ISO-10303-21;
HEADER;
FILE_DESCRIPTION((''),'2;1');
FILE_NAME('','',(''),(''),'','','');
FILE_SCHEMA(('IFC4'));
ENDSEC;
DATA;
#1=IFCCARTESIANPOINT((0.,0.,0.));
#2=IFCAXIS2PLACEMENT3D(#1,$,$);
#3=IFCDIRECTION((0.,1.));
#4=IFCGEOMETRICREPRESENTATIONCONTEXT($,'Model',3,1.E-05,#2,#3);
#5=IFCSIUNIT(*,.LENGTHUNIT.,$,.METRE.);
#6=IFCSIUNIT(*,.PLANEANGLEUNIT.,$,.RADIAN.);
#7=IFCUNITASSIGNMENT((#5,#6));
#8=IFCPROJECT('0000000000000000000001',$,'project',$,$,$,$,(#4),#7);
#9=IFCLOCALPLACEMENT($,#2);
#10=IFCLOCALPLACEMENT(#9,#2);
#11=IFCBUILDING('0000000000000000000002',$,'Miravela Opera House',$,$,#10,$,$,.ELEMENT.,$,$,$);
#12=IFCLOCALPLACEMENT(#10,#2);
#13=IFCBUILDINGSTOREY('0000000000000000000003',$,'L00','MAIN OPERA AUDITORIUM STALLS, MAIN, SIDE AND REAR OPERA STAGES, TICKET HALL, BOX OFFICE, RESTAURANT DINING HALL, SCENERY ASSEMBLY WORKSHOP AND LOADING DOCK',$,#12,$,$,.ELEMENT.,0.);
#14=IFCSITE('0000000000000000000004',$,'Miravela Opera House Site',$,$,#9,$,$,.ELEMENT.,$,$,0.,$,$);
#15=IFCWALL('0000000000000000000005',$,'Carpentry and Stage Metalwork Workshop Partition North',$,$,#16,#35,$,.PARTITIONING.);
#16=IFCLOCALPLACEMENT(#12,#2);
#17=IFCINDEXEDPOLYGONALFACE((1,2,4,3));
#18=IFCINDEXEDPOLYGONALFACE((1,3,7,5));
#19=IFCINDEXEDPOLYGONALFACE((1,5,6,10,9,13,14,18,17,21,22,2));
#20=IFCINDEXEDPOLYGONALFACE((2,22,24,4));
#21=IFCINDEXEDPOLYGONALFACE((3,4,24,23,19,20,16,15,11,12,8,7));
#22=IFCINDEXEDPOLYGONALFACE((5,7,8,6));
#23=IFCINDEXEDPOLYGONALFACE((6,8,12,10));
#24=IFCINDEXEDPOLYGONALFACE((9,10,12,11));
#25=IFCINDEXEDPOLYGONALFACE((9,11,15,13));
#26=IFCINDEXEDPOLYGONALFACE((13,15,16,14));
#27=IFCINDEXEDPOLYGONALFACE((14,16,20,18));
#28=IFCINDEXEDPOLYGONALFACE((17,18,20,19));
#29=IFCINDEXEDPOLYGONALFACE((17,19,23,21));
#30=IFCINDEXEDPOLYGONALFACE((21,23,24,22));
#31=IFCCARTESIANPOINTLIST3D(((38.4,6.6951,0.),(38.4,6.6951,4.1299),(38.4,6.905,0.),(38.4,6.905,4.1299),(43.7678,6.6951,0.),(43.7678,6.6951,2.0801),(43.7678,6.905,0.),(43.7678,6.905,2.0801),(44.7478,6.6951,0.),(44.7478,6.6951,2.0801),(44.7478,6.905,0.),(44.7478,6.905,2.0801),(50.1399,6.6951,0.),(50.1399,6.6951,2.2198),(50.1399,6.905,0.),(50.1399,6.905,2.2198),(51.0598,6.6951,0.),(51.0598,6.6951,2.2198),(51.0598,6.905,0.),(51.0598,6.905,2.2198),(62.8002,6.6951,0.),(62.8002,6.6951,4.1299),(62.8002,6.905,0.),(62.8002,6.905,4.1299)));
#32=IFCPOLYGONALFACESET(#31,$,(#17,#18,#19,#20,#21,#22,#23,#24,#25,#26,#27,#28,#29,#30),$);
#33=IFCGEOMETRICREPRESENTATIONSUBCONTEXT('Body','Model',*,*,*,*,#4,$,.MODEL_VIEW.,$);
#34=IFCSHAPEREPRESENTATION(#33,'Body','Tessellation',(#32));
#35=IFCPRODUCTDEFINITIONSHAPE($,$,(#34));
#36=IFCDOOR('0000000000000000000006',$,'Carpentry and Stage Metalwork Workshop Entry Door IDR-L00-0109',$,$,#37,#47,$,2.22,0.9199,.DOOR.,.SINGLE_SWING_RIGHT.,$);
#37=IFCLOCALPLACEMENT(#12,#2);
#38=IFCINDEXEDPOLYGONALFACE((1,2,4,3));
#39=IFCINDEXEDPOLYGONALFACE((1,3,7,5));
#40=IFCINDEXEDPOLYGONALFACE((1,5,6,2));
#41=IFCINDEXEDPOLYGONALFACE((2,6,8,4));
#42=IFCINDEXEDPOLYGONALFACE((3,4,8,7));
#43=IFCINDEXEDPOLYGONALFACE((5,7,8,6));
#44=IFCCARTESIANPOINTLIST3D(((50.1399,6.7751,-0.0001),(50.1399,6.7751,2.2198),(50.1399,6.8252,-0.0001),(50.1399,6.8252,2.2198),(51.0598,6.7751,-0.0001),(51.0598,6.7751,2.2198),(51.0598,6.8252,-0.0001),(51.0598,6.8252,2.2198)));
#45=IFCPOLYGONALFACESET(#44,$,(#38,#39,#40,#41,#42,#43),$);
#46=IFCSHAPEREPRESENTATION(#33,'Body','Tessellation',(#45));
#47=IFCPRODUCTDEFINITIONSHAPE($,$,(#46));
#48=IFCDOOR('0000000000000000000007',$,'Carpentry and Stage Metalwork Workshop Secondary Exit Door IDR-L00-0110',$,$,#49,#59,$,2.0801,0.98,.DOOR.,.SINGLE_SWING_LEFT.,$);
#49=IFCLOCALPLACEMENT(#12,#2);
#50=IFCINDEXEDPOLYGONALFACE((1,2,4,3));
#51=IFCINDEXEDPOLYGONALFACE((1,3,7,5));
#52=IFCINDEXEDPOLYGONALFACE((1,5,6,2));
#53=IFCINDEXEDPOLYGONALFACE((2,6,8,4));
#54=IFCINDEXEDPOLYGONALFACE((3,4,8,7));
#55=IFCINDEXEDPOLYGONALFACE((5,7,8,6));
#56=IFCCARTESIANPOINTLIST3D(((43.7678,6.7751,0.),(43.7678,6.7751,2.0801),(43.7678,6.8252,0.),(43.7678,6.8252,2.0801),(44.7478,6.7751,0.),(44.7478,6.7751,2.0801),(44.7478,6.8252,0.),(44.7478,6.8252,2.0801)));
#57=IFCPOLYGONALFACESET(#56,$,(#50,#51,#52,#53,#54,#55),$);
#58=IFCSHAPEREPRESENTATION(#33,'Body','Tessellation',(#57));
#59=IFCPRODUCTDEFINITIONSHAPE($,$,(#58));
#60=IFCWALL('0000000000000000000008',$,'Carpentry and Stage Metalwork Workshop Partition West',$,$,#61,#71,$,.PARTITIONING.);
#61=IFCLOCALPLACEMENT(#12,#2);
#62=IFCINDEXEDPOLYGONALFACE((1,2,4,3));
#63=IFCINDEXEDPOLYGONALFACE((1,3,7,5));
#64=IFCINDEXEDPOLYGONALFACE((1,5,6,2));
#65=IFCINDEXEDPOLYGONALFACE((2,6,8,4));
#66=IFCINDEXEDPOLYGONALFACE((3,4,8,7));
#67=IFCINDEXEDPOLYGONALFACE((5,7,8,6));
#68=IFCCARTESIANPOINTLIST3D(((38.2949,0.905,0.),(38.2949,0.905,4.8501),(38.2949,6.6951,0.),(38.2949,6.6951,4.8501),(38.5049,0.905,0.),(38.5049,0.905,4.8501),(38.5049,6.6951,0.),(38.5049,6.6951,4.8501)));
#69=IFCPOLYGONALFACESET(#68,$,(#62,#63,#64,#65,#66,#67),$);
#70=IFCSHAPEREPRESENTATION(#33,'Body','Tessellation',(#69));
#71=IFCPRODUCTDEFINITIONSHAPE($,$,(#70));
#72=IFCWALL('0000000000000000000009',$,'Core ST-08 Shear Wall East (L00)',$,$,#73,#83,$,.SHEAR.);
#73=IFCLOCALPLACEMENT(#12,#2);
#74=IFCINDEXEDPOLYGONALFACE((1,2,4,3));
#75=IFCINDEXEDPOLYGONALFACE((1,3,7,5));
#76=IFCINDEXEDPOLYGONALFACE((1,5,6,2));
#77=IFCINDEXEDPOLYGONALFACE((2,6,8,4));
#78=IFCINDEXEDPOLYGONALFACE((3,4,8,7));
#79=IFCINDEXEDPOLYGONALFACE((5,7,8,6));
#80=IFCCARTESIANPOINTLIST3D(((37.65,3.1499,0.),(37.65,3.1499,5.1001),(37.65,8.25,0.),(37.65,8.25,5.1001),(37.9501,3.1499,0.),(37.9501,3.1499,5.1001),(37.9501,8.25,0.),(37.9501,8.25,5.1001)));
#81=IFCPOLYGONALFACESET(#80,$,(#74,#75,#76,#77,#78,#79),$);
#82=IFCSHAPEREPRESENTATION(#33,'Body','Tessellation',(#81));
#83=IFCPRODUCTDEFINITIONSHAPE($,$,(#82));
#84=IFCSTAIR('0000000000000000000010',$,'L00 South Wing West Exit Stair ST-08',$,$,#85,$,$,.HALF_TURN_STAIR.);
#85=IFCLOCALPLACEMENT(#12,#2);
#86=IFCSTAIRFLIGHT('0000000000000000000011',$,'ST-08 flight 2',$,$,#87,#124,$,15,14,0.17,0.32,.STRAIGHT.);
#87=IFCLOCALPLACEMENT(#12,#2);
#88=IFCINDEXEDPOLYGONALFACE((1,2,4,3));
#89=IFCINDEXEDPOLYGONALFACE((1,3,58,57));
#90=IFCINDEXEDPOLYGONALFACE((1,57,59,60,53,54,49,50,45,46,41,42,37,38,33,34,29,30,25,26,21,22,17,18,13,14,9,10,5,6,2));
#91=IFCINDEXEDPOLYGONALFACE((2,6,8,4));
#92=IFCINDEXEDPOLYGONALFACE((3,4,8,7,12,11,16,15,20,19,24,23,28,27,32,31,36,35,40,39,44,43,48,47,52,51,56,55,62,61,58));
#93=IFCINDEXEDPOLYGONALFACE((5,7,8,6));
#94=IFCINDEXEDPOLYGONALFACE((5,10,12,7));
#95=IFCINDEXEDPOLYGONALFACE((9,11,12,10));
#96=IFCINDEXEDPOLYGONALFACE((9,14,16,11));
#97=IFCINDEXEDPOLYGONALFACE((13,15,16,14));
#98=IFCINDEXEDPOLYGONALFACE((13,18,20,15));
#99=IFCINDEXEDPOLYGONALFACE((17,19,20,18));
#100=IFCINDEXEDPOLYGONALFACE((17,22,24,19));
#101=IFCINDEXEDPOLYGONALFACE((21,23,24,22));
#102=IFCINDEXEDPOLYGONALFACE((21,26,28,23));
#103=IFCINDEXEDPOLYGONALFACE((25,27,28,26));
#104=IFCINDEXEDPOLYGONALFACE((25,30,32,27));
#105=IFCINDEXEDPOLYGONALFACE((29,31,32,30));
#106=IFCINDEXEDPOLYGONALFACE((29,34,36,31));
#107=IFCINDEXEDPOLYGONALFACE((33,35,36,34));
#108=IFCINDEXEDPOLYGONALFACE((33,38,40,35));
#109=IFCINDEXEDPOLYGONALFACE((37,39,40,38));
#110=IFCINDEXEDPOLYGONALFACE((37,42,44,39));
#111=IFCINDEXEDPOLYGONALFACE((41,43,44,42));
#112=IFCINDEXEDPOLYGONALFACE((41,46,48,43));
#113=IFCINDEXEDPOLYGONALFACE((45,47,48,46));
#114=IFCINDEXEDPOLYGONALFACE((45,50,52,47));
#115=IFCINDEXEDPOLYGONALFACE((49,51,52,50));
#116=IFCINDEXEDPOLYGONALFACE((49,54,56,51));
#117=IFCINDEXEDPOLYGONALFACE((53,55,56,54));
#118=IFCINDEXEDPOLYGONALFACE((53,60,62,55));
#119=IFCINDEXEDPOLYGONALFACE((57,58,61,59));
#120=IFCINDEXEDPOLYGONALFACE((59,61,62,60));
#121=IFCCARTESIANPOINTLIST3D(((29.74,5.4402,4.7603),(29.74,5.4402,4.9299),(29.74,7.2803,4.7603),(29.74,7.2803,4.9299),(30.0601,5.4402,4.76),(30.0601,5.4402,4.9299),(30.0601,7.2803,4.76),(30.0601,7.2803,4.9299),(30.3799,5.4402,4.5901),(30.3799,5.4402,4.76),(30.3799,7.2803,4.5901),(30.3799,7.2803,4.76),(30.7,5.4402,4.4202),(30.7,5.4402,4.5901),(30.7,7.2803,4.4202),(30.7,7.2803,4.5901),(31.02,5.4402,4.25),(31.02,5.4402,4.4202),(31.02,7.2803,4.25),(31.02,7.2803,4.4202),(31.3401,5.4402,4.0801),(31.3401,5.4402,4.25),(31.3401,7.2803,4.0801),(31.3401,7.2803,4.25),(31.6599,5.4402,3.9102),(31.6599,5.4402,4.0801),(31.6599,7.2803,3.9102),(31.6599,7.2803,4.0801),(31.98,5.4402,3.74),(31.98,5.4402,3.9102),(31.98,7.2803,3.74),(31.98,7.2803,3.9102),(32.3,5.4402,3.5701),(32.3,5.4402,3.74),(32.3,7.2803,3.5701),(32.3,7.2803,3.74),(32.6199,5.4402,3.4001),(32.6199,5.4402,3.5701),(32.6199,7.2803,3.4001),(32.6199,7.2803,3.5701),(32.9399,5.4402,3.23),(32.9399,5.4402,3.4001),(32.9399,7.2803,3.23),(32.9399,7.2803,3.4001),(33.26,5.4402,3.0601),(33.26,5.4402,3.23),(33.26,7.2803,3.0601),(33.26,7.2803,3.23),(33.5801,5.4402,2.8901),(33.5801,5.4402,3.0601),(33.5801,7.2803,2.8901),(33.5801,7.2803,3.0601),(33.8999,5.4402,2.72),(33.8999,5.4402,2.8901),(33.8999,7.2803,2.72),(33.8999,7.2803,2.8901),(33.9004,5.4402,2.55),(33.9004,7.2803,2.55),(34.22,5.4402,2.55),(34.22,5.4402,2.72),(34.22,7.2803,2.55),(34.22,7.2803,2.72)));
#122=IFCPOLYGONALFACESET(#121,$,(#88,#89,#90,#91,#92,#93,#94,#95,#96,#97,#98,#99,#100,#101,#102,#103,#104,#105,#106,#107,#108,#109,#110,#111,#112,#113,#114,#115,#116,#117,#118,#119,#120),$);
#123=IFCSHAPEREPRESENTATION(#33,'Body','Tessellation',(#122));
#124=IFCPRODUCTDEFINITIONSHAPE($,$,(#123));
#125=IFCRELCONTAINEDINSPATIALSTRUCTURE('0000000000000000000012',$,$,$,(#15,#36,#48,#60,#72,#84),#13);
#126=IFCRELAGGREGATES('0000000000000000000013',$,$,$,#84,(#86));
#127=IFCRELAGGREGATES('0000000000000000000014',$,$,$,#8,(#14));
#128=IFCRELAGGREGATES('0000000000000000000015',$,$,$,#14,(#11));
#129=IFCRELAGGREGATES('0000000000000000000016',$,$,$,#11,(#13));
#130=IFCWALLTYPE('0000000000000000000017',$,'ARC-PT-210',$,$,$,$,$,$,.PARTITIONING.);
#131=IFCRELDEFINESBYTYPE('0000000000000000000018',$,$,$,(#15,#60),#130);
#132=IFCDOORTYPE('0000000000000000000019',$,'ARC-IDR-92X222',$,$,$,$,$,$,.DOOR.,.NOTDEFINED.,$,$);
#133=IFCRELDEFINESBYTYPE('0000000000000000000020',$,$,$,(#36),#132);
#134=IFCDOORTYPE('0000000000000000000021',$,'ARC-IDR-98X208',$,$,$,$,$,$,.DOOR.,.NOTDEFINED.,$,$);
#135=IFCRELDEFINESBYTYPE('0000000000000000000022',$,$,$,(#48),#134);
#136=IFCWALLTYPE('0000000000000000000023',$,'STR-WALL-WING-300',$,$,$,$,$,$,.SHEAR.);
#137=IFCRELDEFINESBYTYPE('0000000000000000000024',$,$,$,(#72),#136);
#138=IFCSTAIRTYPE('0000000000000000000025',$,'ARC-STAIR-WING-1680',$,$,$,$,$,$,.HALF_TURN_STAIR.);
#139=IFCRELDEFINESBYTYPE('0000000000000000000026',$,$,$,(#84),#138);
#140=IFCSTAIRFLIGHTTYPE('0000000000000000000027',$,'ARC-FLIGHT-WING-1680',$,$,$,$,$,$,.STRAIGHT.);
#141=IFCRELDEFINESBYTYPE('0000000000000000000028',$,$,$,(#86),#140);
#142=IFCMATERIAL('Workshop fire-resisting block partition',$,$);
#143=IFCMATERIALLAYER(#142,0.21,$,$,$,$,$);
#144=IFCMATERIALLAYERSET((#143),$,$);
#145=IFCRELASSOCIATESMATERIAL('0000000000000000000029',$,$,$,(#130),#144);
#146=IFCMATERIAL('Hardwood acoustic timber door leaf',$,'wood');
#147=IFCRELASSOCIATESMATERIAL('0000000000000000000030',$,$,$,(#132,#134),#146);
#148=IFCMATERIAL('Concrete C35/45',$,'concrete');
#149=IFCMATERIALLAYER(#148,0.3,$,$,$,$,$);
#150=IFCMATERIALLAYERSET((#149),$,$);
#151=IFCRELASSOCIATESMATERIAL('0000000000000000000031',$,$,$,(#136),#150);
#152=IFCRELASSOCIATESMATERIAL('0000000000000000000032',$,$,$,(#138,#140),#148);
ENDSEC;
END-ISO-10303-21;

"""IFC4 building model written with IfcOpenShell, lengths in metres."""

from ifc_helpers import new_model, si_unit, direction, frame, frame_2d, origin, place, context, subcontext, project, spatial, polyline, rectangle, outline, extrude, material, layer, layer_set, type_object, element, fill, aggregate, save


model = new_model("IFC4")

# Units and contexts
model_context = context("Model", 3, precision=1e-05, world=origin(), true_north=direction((0.0, 1.0)))
body_context = subcontext(model_context, "Body", "Model", "MODEL_VIEW")
ifc_project = project(units=[si_unit("LENGTHUNIT", "METRE"), si_unit("PLANEANGLEUNIT", "RADIAN")], contexts=[model_context])

# Site, building, storey
site_placement = place(None, origin())
site = spatial("IfcSite", under=ifc_project, at=site_placement, Name="Miravela Opera House Site", CompositionType="ELEMENT", RefElevation=0.0)
building_placement = place(site_placement, origin())
building = spatial("IfcBuilding", under=site, at=building_placement, Name="Miravela Opera House", CompositionType="ELEMENT")
storey_placement = place(building_placement, origin())
storey = spatial("IfcBuildingStorey", under=building, at=storey_placement, Name="L00", Description="MAIN OPERA AUDITORIUM STALLS, MAIN, SIDE AND REAR OPERA STAGES, TICKET HALL, BOX OFFICE, RESTAURANT DINING HALL, SCENERY ASSEMBLY WORKSHOP AND LOADING DOCK", CompositionType="ELEMENT", Elevation=0.0)

# Shared definitions
ifc_material_1 = material(Name="Concrete C35/45", Category="concrete")

# Shared definitions
ifc_material_2 = material(Name="Workshop fire-resisting block partition")
ifc_layer_1 = layer(ifc_material_2, 0.21)
ifc_layer_set_1 = layer_set([ifc_layer_1])
wall_type_1 = type_object("IfcWallType", Name="ARC-PT-210", PredefinedType="PARTITIONING", material=ifc_layer_set_1)

# Wall, openings, doors
wall_1_placement = place(storey_placement, frame((38.3999, 6.8, 0.0), z_axis=(0.0, 0.0, 1.0), x_axis=(1.0, 0.0, 0.0)))
wall_1 = element("IfcWall", 1, at=wall_1_placement, inside=storey, type_object=wall_type_1, Name="Carpentry and Stage Metalwork Workshop Partition North", PredefinedType="PARTITIONING", context=body_context, shape_type="SweptSolid", body=[
    extrude(rectangle(XDim=24.4001, YDim=0.21, at=frame_2d((12.2002, 0.0))), origin(), (0.0, 0.0, 1.0), 4.1299),
])
opening_1_placement = place(wall_1_placement, frame((11.74, 0.0, 0.0)))
opening_1 = element("IfcOpeningElement", 2, at=opening_1_placement, cuts=wall_1, PredefinedType="OPENING", context=body_context, shape_type="SweptSolid", body=[
    extrude(rectangle(XDim=0.9199, YDim=2.22, at=frame_2d((0.46, 1.1099))), frame((0.0, 0.115, 0.0), z_axis=(0.0, -1.0, 0.0), x_axis=(1.0, 0.0, 0.0)), (0.0, 0.0, 1.0), 0.23),
])
opening_2_placement = place(wall_1_placement, frame((5.3679, 0.0, 0.0)))
opening_2 = element("IfcOpeningElement", 3, at=opening_2_placement, cuts=wall_1, PredefinedType="OPENING", context=body_context, shape_type="SweptSolid", body=[
    extrude(rectangle(XDim=0.98, YDim=2.0801, at=frame_2d((0.49, 1.04))), frame((0.0, 0.115, 0.0), z_axis=(0.0, -1.0, 0.0), x_axis=(1.0, 0.0, 0.0)), (0.0, 0.0, 1.0), 0.23),
])
ifc_material_3 = material(Name="Hardwood acoustic timber door leaf", Category="wood")
door_type_1 = type_object("IfcDoorType", Name="ARC-IDR-92X222", OperationType="NOTDEFINED", PredefinedType="DOOR", material=ifc_material_3)
door_1_placement = place(opening_1_placement, frame((0.9199, 0.0, 0.0), z_axis=(0.0, 0.0, 1.0), x_axis=(-1.0, 0.0, 0.0)))
door_1 = element("IfcDoor", 4, at=door_1_placement, inside=storey, type_object=door_type_1, Name="Carpentry and Stage Metalwork Workshop Entry Door IDR-L00-0109", OperationType="SINGLE_SWING_RIGHT", OverallHeight=2.22, OverallWidth=0.9199, PredefinedType="DOOR", context=body_context, shape_type="SweptSolid", body=[
    extrude(rectangle(XDim=0.9199, YDim=2.22, at=frame_2d((0.46, 1.1099))), frame((0.0, 0.0249, 0.0), z_axis=(0.0, -1.0, 0.0), x_axis=(1.0, 0.0, 0.0)), (0.0, 0.0, 1.0), 0.05),
])
fill(opening_1, door_1)
door_type_2 = type_object("IfcDoorType", Name="ARC-IDR-98X208", OperationType="NOTDEFINED", PredefinedType="DOOR", material=ifc_material_3)
door_2_placement = place(opening_2_placement, frame((0.98, 0.0, 0.0), z_axis=(0.0, 0.0, 1.0), x_axis=(-1.0, 0.0, 0.0)))
door_2 = element("IfcDoor", 5, at=door_2_placement, inside=storey, type_object=door_type_2, Name="Carpentry and Stage Metalwork Workshop Secondary Exit Door IDR-L00-0110", OperationType="SINGLE_SWING_LEFT", OverallHeight=2.0801, OverallWidth=0.98, PredefinedType="DOOR", context=body_context, shape_type="SweptSolid", body=[
    extrude(rectangle(XDim=0.98, YDim=2.0801, at=frame_2d((0.49, 1.04))), frame((0.0, 0.0249, 0.0), z_axis=(0.0, -1.0, 0.0), x_axis=(1.0, 0.0, 0.0)), (0.0, 0.0, 1.0), 0.05),
])
fill(opening_2, door_2)

# Walls
wall_2_placement = place(storey_placement, frame((38.3999, 0.905, 0.0), z_axis=(0.0, 0.0, 1.0), x_axis=(0.0, 1.0, 0.0)))
element("IfcWall", 6, at=wall_2_placement, inside=storey, type_object=wall_type_1, Name="Carpentry and Stage Metalwork Workshop Partition West", PredefinedType="PARTITIONING", context=body_context, shape_type="SweptSolid", body=[
    extrude(rectangle(XDim=5.79, YDim=0.21, at=frame_2d((2.895, 0.0))), origin(), (0.0, 0.0, 1.0), 4.8501),
])
ifc_layer_2 = layer(ifc_material_1, 0.3)
ifc_layer_set_2 = layer_set([ifc_layer_2])
wall_type_2 = type_object("IfcWallType", Name="STR-WALL-WING-300", PredefinedType="SHEAR", material=ifc_layer_set_2)
wall_3_placement = place(storey_placement, frame((37.8, 3.1499, 0.0), z_axis=(0.0, 0.0, 1.0), x_axis=(0.0, 1.0, 0.0)))
element("IfcWall", 7, at=wall_3_placement, inside=storey, type_object=wall_type_2, Name="Core ST-08 Shear Wall East (L00)", PredefinedType="SHEAR", context=body_context, shape_type="SweptSolid", body=[
    extrude(rectangle(XDim=5.1001, YDim=0.3, at=frame_2d((2.55, 0.0))), origin(), (0.0, 0.0, 1.0), 5.1001),
])

# Stair, stair flight
stair_type = type_object("IfcStairType", Name="ARC-STAIR-WING-1680", PredefinedType="HALF_TURN_STAIR", material=ifc_material_1)
stair_placement = place(storey_placement, origin())
stair = element("IfcStair", 8, at=stair_placement, inside=storey, type_object=stair_type, Name="L00 South Wing West Exit Stair ST-08", PredefinedType="HALF_TURN_STAIR")
stair_flight_type = type_object("IfcStairFlightType", Name="ARC-FLIGHT-WING-1680", PredefinedType="STRAIGHT", material=ifc_material_1)
stair_flight_placement = place(storey_placement, frame((34.22, 6.3601, 2.55), z_axis=(0.0, 0.0, 1.0), x_axis=(-1.0, 0.0, 0.0)))
stair_flight = element("IfcStairFlight", 9, at=stair_flight_placement, type_object=stair_flight_type, Name="ST-08 flight 2", NumberOfRisers=15, NumberOfTreads=14, PredefinedType="STRAIGHT", RiserHeight=0.17, TreadLength=0.32, context=body_context, shape_type="SweptSolid", body=[
    extrude(outline(polyline([(0.0, 0.0), (0.0, 0.1699), (0.3201, 0.1699), (0.3201, 0.3401), (0.6399, 0.3401), (0.6399, 0.51), (0.96, 0.51), (0.96, 0.6799), (1.28, 0.6799), (1.28, 0.8501), (1.6001, 0.8501), (1.6001, 1.02), (1.9199, 1.02), (1.9199, 1.1899), (2.24, 1.1899), (2.24, 1.3601), (2.5601, 1.3601), (2.5601, 1.53), (2.8799, 1.53), (2.8799, 1.7), (3.2, 1.7), (3.2, 1.8701), (3.52, 1.8701), (3.52, 2.04), (3.8401, 2.04), (3.8401, 2.21), (4.1599, 2.21), (4.1599, 2.3799), (4.48, 2.3799), (4.48, 2.55), (4.48, 2.2102), (0.3196, 0.0), (0.0, 0.0)])), frame((0.0, 0.9199, 0.0), z_axis=(0.0, -1.0, 0.0), x_axis=(1.0, 0.0, 0.0)), (0.0, 0.0, 1.0), 1.8401),
])
aggregate(stair, [stair_flight])

save(model, "model.ifc")
